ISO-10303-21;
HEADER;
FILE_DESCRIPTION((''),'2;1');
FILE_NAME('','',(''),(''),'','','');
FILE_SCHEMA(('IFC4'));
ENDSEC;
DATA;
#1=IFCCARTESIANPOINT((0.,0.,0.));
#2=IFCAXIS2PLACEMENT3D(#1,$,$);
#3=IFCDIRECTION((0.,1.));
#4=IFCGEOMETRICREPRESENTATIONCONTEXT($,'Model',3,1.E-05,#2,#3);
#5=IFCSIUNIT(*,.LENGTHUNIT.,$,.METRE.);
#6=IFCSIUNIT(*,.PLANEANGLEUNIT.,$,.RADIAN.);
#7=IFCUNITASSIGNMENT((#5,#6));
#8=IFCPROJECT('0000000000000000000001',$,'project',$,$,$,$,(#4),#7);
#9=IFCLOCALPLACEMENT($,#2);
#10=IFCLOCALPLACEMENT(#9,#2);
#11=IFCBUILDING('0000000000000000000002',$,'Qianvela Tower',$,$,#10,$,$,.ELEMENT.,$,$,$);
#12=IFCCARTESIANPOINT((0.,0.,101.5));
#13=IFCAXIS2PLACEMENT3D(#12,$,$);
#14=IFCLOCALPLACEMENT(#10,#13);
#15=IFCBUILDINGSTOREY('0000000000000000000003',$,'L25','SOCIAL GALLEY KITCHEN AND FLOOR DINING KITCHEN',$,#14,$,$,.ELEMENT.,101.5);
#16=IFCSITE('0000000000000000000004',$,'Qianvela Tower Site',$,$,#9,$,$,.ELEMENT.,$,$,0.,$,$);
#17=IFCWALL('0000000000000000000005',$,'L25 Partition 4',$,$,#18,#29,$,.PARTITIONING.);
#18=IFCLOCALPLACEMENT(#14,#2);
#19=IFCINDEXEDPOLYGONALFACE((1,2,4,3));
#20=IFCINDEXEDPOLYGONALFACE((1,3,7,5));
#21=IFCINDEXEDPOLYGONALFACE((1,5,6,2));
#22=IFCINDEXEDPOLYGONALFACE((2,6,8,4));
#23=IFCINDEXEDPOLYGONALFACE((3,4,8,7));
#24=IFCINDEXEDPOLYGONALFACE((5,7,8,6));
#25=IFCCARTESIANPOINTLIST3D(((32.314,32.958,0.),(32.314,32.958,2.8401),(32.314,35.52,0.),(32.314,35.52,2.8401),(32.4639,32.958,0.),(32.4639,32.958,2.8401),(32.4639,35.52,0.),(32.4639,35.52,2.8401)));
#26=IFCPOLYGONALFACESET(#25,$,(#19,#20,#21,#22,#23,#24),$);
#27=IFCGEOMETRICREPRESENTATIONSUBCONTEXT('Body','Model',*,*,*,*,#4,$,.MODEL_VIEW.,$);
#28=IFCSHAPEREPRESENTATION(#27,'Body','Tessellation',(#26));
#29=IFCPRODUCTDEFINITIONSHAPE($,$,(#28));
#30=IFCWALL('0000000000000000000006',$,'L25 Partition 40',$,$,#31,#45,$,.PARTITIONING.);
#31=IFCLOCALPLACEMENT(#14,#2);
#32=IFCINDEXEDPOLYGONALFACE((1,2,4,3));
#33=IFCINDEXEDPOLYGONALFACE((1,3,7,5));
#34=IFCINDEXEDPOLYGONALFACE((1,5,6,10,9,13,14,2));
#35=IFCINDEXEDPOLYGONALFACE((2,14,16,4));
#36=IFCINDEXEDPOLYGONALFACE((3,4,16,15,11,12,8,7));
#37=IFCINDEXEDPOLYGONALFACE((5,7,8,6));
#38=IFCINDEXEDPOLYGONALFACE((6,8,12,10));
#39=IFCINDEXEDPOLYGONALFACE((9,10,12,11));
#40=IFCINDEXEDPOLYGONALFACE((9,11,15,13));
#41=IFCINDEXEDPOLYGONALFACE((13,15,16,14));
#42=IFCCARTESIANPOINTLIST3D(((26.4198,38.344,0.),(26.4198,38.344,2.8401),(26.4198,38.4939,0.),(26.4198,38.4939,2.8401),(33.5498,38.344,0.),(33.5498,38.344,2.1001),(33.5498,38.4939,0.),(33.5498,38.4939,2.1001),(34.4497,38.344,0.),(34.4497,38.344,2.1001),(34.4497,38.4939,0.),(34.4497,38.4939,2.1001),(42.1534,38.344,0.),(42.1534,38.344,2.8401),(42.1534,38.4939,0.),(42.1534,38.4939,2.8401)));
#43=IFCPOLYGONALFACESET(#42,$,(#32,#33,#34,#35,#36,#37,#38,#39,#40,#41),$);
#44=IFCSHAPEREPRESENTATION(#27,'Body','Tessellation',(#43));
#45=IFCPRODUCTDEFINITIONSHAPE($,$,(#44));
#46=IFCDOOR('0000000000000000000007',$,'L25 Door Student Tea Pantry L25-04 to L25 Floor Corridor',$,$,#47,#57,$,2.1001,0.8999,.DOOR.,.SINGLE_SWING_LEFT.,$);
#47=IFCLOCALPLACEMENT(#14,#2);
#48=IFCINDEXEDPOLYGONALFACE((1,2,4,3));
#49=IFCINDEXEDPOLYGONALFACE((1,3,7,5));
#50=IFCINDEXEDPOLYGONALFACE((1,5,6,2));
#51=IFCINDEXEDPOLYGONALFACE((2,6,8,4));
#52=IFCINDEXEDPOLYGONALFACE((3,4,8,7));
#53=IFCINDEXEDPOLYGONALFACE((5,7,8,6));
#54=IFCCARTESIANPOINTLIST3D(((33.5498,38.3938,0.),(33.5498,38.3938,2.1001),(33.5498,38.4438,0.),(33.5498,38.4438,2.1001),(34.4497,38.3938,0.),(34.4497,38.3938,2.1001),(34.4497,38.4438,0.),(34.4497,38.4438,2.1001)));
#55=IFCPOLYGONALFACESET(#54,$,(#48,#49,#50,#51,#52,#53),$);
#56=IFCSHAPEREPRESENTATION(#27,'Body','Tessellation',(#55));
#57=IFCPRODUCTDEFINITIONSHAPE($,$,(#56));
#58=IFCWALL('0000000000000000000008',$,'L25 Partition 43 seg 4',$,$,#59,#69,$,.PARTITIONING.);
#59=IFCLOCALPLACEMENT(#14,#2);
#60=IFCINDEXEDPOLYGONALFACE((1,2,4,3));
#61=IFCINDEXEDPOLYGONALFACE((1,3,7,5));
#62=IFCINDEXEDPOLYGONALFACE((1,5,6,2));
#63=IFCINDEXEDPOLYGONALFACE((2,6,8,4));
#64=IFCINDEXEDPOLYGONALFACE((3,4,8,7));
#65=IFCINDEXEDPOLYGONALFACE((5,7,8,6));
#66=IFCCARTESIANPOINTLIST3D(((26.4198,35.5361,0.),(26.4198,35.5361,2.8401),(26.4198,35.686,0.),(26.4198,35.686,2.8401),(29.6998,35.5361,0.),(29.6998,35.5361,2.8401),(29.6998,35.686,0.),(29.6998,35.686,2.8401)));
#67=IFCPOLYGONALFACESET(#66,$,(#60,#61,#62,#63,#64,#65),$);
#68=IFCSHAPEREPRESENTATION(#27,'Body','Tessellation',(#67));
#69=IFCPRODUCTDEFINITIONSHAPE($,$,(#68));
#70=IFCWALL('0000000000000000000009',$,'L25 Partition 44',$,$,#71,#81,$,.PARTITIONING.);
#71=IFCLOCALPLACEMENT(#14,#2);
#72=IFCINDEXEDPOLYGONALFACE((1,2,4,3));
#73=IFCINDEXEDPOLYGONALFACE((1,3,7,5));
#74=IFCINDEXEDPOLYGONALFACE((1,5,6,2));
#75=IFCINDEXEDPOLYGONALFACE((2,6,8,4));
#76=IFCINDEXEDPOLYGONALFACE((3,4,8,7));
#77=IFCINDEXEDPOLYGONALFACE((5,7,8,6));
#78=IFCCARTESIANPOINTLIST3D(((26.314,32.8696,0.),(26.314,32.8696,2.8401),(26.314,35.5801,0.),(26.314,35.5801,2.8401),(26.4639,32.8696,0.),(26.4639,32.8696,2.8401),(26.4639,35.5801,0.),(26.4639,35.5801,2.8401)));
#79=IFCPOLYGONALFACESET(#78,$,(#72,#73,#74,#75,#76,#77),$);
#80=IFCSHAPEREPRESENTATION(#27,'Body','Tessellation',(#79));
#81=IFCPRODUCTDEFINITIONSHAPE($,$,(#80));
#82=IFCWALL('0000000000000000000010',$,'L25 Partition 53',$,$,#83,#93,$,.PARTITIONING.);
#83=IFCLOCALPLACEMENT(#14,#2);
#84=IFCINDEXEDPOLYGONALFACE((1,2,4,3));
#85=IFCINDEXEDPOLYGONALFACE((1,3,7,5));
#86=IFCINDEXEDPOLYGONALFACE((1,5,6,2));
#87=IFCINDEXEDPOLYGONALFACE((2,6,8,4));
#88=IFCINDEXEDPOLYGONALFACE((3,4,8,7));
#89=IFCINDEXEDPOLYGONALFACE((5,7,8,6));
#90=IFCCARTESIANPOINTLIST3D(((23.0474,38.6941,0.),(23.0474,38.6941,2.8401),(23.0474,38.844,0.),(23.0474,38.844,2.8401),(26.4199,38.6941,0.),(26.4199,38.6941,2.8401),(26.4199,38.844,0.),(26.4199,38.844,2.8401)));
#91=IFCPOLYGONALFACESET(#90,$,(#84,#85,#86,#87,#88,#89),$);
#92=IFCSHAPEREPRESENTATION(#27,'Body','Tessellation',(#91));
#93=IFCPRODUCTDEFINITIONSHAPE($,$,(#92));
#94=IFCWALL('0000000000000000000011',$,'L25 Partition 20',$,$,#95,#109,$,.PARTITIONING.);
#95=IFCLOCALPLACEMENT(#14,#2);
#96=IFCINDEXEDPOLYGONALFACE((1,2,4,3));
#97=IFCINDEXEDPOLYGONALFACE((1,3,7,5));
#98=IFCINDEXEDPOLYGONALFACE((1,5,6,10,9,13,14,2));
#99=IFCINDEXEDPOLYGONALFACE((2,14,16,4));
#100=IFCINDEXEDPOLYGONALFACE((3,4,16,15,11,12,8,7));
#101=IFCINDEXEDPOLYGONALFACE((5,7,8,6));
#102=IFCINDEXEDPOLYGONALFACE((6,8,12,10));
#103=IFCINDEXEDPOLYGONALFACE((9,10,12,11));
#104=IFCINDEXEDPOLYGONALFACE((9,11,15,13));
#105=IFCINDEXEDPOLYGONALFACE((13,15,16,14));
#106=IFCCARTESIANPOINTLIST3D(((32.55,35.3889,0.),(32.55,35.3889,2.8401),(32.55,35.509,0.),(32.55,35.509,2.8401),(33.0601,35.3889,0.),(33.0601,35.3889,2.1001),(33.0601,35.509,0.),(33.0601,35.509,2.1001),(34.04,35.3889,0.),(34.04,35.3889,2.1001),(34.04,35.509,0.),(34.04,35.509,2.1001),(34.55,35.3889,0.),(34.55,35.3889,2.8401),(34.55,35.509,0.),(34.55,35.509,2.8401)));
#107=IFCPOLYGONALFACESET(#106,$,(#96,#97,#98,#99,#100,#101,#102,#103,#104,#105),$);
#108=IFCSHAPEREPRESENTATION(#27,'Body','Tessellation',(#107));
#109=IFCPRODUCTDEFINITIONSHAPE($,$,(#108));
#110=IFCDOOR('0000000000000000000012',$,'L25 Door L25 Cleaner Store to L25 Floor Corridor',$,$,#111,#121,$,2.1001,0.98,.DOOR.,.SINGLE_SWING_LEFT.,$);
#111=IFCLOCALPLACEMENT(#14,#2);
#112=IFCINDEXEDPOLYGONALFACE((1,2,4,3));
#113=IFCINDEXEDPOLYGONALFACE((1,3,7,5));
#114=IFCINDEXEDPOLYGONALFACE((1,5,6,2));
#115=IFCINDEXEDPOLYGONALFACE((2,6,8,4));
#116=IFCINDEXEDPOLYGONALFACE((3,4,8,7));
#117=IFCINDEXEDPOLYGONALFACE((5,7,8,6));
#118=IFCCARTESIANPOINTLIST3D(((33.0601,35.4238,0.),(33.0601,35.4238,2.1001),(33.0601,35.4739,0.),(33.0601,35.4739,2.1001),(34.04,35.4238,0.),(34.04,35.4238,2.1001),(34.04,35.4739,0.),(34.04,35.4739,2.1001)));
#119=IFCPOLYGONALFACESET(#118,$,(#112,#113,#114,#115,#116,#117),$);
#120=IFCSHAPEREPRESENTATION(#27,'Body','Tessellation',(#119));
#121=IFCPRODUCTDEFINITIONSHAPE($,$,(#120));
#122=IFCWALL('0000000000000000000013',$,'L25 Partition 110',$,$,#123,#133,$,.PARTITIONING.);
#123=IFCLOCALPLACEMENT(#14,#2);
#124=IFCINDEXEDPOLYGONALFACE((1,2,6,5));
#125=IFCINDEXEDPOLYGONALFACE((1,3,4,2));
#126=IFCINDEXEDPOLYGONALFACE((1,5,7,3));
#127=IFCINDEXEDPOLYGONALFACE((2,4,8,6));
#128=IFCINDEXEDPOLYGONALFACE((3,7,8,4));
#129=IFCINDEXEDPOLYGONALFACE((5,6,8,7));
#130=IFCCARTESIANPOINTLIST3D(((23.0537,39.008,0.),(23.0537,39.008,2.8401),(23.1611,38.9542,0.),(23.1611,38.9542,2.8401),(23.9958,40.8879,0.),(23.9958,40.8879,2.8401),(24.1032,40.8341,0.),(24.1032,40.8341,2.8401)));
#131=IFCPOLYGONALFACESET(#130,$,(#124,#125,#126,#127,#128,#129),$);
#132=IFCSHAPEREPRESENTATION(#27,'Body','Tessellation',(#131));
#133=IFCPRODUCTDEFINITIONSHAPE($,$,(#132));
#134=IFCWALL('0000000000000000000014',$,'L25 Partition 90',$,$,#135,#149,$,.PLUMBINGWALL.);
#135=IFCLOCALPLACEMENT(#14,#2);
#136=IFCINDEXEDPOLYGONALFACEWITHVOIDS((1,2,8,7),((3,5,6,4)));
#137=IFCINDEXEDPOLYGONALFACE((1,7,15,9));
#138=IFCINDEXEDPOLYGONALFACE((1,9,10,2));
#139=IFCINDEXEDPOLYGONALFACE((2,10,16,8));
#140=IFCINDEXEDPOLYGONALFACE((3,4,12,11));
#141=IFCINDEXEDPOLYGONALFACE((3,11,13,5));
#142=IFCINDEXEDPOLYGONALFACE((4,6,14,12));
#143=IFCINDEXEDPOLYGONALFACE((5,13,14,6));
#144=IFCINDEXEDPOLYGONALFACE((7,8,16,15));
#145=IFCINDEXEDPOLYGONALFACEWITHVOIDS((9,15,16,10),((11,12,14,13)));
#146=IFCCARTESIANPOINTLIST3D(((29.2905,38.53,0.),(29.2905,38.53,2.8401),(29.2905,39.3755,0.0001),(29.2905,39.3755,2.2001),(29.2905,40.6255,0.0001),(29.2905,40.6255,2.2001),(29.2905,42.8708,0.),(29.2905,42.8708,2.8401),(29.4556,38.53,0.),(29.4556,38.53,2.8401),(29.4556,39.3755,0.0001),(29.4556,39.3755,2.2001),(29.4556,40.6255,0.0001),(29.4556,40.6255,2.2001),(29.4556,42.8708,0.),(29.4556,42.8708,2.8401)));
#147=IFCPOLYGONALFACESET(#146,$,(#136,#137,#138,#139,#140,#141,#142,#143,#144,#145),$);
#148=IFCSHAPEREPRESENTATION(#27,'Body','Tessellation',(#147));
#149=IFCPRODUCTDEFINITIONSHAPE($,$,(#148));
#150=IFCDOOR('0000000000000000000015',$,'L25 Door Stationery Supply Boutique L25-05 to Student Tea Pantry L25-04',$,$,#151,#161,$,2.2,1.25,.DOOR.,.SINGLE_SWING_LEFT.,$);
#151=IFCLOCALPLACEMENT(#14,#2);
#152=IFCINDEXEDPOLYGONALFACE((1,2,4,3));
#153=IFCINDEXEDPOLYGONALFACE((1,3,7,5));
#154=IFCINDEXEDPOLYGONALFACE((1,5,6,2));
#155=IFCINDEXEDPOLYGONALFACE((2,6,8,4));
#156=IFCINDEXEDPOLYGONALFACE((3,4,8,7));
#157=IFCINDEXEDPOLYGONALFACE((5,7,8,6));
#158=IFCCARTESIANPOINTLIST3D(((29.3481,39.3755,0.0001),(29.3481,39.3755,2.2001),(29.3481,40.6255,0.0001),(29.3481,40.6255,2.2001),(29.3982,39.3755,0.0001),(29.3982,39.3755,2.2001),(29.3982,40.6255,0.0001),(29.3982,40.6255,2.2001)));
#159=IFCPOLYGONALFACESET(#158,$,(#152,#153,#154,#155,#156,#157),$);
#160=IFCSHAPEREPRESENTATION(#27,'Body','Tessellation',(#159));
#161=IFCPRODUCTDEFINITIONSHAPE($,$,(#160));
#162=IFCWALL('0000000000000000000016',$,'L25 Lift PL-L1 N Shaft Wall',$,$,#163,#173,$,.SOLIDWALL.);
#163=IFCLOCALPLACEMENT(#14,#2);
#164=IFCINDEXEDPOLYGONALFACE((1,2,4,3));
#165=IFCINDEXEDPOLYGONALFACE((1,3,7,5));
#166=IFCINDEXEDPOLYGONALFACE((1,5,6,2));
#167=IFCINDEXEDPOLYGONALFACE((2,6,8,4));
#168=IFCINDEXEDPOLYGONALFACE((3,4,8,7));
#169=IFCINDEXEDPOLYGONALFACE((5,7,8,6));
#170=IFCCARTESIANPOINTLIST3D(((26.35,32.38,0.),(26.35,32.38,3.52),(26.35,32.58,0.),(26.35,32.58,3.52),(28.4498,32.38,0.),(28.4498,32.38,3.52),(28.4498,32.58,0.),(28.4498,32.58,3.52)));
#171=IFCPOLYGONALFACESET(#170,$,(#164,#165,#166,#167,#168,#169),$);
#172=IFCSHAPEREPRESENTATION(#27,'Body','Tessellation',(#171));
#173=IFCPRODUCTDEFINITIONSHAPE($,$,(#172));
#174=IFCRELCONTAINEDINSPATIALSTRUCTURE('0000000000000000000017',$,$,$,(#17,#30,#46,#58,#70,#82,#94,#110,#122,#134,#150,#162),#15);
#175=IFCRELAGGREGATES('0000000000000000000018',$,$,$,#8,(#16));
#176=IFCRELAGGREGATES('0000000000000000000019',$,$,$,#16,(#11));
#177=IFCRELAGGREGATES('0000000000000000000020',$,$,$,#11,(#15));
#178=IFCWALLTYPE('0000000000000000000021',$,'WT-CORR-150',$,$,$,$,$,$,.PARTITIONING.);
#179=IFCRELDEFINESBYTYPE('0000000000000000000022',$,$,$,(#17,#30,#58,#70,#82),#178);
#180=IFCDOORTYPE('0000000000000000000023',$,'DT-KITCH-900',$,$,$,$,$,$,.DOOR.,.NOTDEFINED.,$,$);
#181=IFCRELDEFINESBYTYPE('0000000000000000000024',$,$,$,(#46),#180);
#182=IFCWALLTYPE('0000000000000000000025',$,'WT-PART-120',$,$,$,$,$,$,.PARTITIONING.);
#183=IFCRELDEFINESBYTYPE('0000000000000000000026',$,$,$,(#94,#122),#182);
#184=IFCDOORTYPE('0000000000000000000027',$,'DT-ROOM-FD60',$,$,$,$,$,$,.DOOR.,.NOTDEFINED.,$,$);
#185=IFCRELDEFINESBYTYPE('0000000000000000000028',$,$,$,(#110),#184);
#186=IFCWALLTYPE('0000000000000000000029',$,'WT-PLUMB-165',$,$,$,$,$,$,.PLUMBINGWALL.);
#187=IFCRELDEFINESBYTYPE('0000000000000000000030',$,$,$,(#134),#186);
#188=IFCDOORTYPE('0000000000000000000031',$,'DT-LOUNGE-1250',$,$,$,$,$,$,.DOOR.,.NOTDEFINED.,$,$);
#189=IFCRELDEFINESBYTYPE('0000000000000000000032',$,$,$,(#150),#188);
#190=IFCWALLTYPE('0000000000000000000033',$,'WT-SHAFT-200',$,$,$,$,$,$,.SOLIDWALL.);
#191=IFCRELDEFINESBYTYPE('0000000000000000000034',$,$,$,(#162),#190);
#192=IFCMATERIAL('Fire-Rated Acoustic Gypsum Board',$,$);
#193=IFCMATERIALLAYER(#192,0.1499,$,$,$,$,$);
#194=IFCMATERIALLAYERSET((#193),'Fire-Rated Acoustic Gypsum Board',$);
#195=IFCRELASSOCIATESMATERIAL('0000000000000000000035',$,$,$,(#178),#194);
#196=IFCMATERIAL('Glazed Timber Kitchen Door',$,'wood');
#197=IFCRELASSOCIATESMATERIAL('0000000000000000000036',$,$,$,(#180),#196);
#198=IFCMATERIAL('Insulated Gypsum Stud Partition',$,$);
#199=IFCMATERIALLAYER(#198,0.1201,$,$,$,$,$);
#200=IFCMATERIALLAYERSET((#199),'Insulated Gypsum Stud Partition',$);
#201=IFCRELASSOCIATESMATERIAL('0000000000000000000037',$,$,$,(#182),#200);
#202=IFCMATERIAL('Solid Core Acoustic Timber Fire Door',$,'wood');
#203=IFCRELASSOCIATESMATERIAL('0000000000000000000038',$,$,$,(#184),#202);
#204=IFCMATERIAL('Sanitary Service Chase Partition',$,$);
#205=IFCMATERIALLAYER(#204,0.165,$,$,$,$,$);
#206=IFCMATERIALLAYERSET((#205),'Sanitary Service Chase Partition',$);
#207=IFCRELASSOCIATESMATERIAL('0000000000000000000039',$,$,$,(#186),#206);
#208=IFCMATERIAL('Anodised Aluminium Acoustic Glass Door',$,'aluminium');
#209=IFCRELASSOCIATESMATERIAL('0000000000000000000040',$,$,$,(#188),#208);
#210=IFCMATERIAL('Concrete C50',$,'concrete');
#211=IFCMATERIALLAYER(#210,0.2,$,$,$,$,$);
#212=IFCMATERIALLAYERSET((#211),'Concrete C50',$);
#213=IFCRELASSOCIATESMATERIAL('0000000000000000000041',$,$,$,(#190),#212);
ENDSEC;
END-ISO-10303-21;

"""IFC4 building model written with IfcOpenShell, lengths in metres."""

from ifc_helpers import new_model, si_unit, direction, frame, frame_2d, origin, place, context, subcontext, project, spatial, rectangle, extrude, material, layer, layer_set, type_object, element, fill, save


model = new_model("IFC4")

# Units and contexts
model_context = context("Model", 3, precision=1e-05, world=origin(), true_north=direction((0.0, 1.0)))
body_context = subcontext(model_context, "Body", "Model", "MODEL_VIEW")
ifc_project = project(units=[si_unit("LENGTHUNIT", "METRE"), si_unit("PLANEANGLEUNIT", "RADIAN")], contexts=[model_context])

# Site, building, storey
site_placement = place(None, origin())
site = spatial("IfcSite", under=ifc_project, at=site_placement, Name="Qianvela Tower Site", CompositionType="ELEMENT", RefElevation=0.0)
building_placement = place(site_placement, origin())
building = spatial("IfcBuilding", under=site, at=building_placement, Name="Qianvela Tower", CompositionType="ELEMENT")
storey_placement = place(building_placement, frame((0.0, 0.0, 101.5)))
storey = spatial("IfcBuildingStorey", under=building, at=storey_placement, Name="L25", Description="SOCIAL GALLEY KITCHEN AND FLOOR DINING KITCHEN", CompositionType="ELEMENT", Elevation=101.5)

# Shared definitions
ifc_material_1 = material(Name="Fire-Rated Acoustic Gypsum Board")
ifc_layer_1 = layer(ifc_material_1, 0.1499)
ifc_layer_set_1 = layer_set([ifc_layer_1], Name="Fire-Rated Acoustic Gypsum Board")
wall_type_1 = type_object("IfcWallType", Name="WT-CORR-150", PredefinedType="PARTITIONING", material=ifc_layer_set_1)

# Wall
wall_1_placement = place(storey_placement, frame((32.3889, 35.52, 0.0), z_axis=(0.0, 0.0, 1.0), x_axis=(0.0, -1.0, 0.0)))
element("IfcWall", 1, at=wall_1_placement, inside=storey, type_object=wall_type_1, Name="L25 Partition 4", PredefinedType="PARTITIONING", context=body_context, shape_type="SweptSolid", body=[
    extrude(rectangle(XDim=2.562, YDim=0.1499, at=frame_2d((1.281, 0.0))), origin(), (0.0, 0.0, 1.0), 2.8401),
])

# Wall, opening, door
wall_2_placement = place(storey_placement, frame((26.4199, 38.4189, 0.0), z_axis=(0.0, 0.0, 1.0), x_axis=(1.0, 0.0, 0.0)))
wall_2 = element("IfcWall", 2, at=wall_2_placement, inside=storey, type_object=wall_type_1, Name="L25 Partition 40", PredefinedType="PARTITIONING", context=body_context, shape_type="SweptSolid", body=[
    extrude(rectangle(XDim=15.7336, YDim=0.1499, at=frame_2d((7.8667, 0.0))), origin(), (0.0, 0.0, 1.0), 2.8401),
])
opening_1_placement = place(wall_2_placement, frame((7.1299, 0.0, 0.0)))
opening_1 = element("IfcOpeningElement", 3, at=opening_1_placement, cuts=wall_2, PredefinedType="OPENING", context=body_context, shape_type="SweptSolid", body=[
    extrude(rectangle(XDim=0.8999, YDim=2.1001, at=frame_2d((0.45, 1.05))), frame((0.0, 0.085, 0.0), z_axis=(0.0, -1.0, 0.0), x_axis=(1.0, 0.0, 0.0)), (0.0, 0.0, 1.0), 0.1699),
])
ifc_material_2 = material(Name="Glazed Timber Kitchen Door", Category="wood")
door_type_1 = type_object("IfcDoorType", Name="DT-KITCH-900", OperationType="NOTDEFINED", PredefinedType="DOOR", material=ifc_material_2)
door_1_placement = place(opening_1_placement, origin())
door_1 = element("IfcDoor", 4, at=door_1_placement, inside=storey, type_object=door_type_1, Name="L25 Door Student Tea Pantry L25-04 to L25 Floor Corridor", OperationType="SINGLE_SWING_LEFT", OverallHeight=2.1001, OverallWidth=0.8999, PredefinedType="DOOR", context=body_context, shape_type="SweptSolid", body=[
    extrude(rectangle(XDim=0.8999, YDim=2.1001, at=frame_2d((0.45, 1.05))), frame((0.0, 0.0249, 0.0), z_axis=(0.0, -1.0, 0.0), x_axis=(1.0, 0.0, 0.0)), (0.0, 0.0, 1.0), 0.05),
])
fill(opening_1, door_1)

# Walls
wall_3_placement = place(storey_placement, frame((29.7, 35.6111, 0.0), z_axis=(0.0, 0.0, 1.0), x_axis=(-1.0, 0.0, 0.0)))
element("IfcWall", 5, at=wall_3_placement, inside=storey, type_object=wall_type_1, Name="L25 Partition 43 seg 4", PredefinedType="PARTITIONING", context=body_context, shape_type="SweptSolid", body=[
    extrude(rectangle(XDim=3.28, YDim=0.1499, at=frame_2d((1.6401, 0.0))), origin(), (0.0, 0.0, 1.0), 2.8401),
])
wall_4_placement = place(storey_placement, frame((26.3889, 35.5801, 0.0), z_axis=(0.0, 0.0, 1.0), x_axis=(0.0, -1.0, 0.0)))
element("IfcWall", 6, at=wall_4_placement, inside=storey, type_object=wall_type_1, Name="L25 Partition 44", PredefinedType="PARTITIONING", context=body_context, shape_type="SweptSolid", body=[
    extrude(rectangle(XDim=2.7104, YDim=0.1499, at=frame_2d((1.3552, 0.0))), origin(), (0.0, 0.0, 1.0), 2.8401),
])
wall_5_placement = place(storey_placement, frame((23.0474, 38.769, 0.0), z_axis=(0.0, 0.0, 1.0), x_axis=(1.0, 0.0, 0.0)))
element("IfcWall", 7, at=wall_5_placement, inside=storey, type_object=wall_type_1, Name="L25 Partition 53", PredefinedType="PARTITIONING", context=body_context, shape_type="SweptSolid", body=[
    extrude(rectangle(XDim=3.3726, YDim=0.1499, at=frame_2d((1.6863, 0.0))), origin(), (0.0, 0.0, 1.0), 2.8401),
])

# Wall, opening, door
ifc_material_3 = material(Name="Insulated Gypsum Stud Partition")
ifc_layer_2 = layer(ifc_material_3, 0.1201)
ifc_layer_set_2 = layer_set([ifc_layer_2], Name="Insulated Gypsum Stud Partition")
wall_type_2 = type_object("IfcWallType", Name="WT-PART-120", PredefinedType="PARTITIONING", material=ifc_layer_set_2)
wall_6_placement = place(storey_placement, frame((32.55, 35.449, 0.0), z_axis=(0.0, 0.0, 1.0), x_axis=(1.0, 0.0, 0.0)))
wall_6 = element("IfcWall", 8, at=wall_6_placement, inside=storey, type_object=wall_type_2, Name="L25 Partition 20", PredefinedType="PARTITIONING", context=body_context, shape_type="SweptSolid", body=[
    extrude(rectangle(XDim=2.0, YDim=0.1201, at=frame_2d((1.0, 0.0))), origin(), (0.0, 0.0, 1.0), 2.8401),
])
opening_2_placement = place(wall_6_placement, frame((0.51, 0.0, 0.0)))
opening_2 = element("IfcOpeningElement", 9, at=opening_2_placement, cuts=wall_6, PredefinedType="OPENING", context=body_context, shape_type="SweptSolid", body=[
    extrude(rectangle(XDim=0.98, YDim=2.1001, at=frame_2d((0.49, 1.05))), frame((0.0, 0.0701, 0.0), z_axis=(0.0, -1.0, 0.0), x_axis=(1.0, 0.0, 0.0)), (0.0, 0.0, 1.0), 0.1401),
])
ifc_material_4 = material(Name="Solid Core Acoustic Timber Fire Door", Category="wood")
door_type_2 = type_object("IfcDoorType", Name="DT-ROOM-FD60", OperationType="NOTDEFINED", PredefinedType="DOOR", material=ifc_material_4)
door_2_placement = place(opening_2_placement, origin())
door_2 = element("IfcDoor", 10, at=door_2_placement, inside=storey, type_object=door_type_2, Name="L25 Door L25 Cleaner Store to L25 Floor Corridor", OperationType="SINGLE_SWING_LEFT", OverallHeight=2.1001, OverallWidth=0.98, PredefinedType="DOOR", context=body_context, shape_type="SweptSolid", body=[
    extrude(rectangle(XDim=0.98, YDim=2.1001, at=frame_2d((0.49, 1.05))), frame((0.0, 0.0249, 0.0), z_axis=(0.0, -1.0, 0.0), x_axis=(1.0, 0.0, 0.0)), (0.0, 0.0, 1.0), 0.05),
])
fill(opening_2, door_2)

# Wall
wall_7_placement = place(storey_placement, frame((23.1074, 38.9812, 0.0), z_axis=(0.0, 0.0, 1.0), x_axis=(0.448049, 0.894009, 0.0)))
element("IfcWall", 11, at=wall_7_placement, inside=storey, type_object=wall_type_2, Name="L25 Partition 110", PredefinedType="PARTITIONING", context=body_context, shape_type="SweptSolid", body=[
    extrude(rectangle(XDim=2.1028, YDim=0.1201, at=frame_2d((1.0513, 0.0))), origin(), (0.0, 0.0, 1.0), 2.8401),
])

# Wall, opening, door
ifc_material_5 = material(Name="Sanitary Service Chase Partition")
ifc_layer_3 = layer(ifc_material_5, 0.165)
ifc_layer_set_3 = layer_set([ifc_layer_3], Name="Sanitary Service Chase Partition")
wall_type_3 = type_object("IfcWallType", Name="WT-PLUMB-165", PredefinedType="PLUMBINGWALL", material=ifc_layer_set_3)
wall_8_placement = place(storey_placement, frame((29.373, 38.53, 0.0), z_axis=(0.0, 0.0, 1.0), x_axis=(0.0, 1.0, 0.0)))
wall_8 = element("IfcWall", 12, at=wall_8_placement, inside=storey, type_object=wall_type_3, Name="L25 Partition 90", PredefinedType="PLUMBINGWALL", context=body_context, shape_type="SweptSolid", body=[
    extrude(rectangle(XDim=4.3408, YDim=0.165, at=frame_2d((2.1704, 0.0))), origin(), (0.0, 0.0, 1.0), 2.8401),
])
opening_3_placement = place(wall_8_placement, frame((0.8455, 0.0, 0.0)))
opening_3 = element("IfcOpeningElement", 13, at=opening_3_placement, cuts=wall_8, PredefinedType="OPENING", context=body_context, shape_type="SweptSolid", body=[
    extrude(rectangle(XDim=1.25, YDim=2.2, at=frame_2d((0.625, 1.1001))), frame((0.0, 0.0925, 0.0), z_axis=(0.0, -1.0, 0.0), x_axis=(1.0, 0.0, 0.0)), (0.0, 0.0, 1.0), 0.1851),
])
ifc_material_6 = material(Name="Anodised Aluminium Acoustic Glass Door", Category="aluminium")
door_type_3 = type_object("IfcDoorType", Name="DT-LOUNGE-1250", OperationType="NOTDEFINED", PredefinedType="DOOR", material=ifc_material_6)
door_3_placement = place(opening_3_placement, origin())
door_3 = element("IfcDoor", 14, at=door_3_placement, inside=storey, type_object=door_type_3, Name="L25 Door Stationery Supply Boutique L25-05 to Student Tea Pantry L25-04", OperationType="SINGLE_SWING_LEFT", OverallHeight=2.2, OverallWidth=1.25, PredefinedType="DOOR", context=body_context, shape_type="SweptSolid", body=[
    extrude(rectangle(XDim=1.25, YDim=2.2, at=frame_2d((0.625, 1.1001))), frame((0.0, 0.0249, 0.0), z_axis=(0.0, -1.0, 0.0), x_axis=(1.0, 0.0, 0.0)), (0.0, 0.0, 1.0), 0.05),
])
fill(opening_3, door_3)

# Wall
ifc_material_7 = material(Name="Concrete C50", Category="concrete")
ifc_layer_4 = layer(ifc_material_7, 0.2)
ifc_layer_set_4 = layer_set([ifc_layer_4], Name="Concrete C50")
wall_type_4 = type_object("IfcWallType", Name="WT-SHAFT-200", PredefinedType="SOLIDWALL", material=ifc_layer_set_4)
wall_9_placement = place(storey_placement, frame((26.3501, 32.48, 0.0), z_axis=(0.0, 0.0, 1.0), x_axis=(1.0, 0.0, 0.0)))
element("IfcWall", 15, at=wall_9_placement, inside=storey, type_object=wall_type_4, Name="L25 Lift PL-L1 N Shaft Wall", PredefinedType="SOLIDWALL", context=body_context, shape_type="SweptSolid", body=[
    extrude(rectangle(XDim=2.0999, YDim=0.2, at=frame_2d((1.0498, 0.0))), origin(), (0.0, 0.0, 1.0), 3.52),
])

save(model, "model.ifc")
